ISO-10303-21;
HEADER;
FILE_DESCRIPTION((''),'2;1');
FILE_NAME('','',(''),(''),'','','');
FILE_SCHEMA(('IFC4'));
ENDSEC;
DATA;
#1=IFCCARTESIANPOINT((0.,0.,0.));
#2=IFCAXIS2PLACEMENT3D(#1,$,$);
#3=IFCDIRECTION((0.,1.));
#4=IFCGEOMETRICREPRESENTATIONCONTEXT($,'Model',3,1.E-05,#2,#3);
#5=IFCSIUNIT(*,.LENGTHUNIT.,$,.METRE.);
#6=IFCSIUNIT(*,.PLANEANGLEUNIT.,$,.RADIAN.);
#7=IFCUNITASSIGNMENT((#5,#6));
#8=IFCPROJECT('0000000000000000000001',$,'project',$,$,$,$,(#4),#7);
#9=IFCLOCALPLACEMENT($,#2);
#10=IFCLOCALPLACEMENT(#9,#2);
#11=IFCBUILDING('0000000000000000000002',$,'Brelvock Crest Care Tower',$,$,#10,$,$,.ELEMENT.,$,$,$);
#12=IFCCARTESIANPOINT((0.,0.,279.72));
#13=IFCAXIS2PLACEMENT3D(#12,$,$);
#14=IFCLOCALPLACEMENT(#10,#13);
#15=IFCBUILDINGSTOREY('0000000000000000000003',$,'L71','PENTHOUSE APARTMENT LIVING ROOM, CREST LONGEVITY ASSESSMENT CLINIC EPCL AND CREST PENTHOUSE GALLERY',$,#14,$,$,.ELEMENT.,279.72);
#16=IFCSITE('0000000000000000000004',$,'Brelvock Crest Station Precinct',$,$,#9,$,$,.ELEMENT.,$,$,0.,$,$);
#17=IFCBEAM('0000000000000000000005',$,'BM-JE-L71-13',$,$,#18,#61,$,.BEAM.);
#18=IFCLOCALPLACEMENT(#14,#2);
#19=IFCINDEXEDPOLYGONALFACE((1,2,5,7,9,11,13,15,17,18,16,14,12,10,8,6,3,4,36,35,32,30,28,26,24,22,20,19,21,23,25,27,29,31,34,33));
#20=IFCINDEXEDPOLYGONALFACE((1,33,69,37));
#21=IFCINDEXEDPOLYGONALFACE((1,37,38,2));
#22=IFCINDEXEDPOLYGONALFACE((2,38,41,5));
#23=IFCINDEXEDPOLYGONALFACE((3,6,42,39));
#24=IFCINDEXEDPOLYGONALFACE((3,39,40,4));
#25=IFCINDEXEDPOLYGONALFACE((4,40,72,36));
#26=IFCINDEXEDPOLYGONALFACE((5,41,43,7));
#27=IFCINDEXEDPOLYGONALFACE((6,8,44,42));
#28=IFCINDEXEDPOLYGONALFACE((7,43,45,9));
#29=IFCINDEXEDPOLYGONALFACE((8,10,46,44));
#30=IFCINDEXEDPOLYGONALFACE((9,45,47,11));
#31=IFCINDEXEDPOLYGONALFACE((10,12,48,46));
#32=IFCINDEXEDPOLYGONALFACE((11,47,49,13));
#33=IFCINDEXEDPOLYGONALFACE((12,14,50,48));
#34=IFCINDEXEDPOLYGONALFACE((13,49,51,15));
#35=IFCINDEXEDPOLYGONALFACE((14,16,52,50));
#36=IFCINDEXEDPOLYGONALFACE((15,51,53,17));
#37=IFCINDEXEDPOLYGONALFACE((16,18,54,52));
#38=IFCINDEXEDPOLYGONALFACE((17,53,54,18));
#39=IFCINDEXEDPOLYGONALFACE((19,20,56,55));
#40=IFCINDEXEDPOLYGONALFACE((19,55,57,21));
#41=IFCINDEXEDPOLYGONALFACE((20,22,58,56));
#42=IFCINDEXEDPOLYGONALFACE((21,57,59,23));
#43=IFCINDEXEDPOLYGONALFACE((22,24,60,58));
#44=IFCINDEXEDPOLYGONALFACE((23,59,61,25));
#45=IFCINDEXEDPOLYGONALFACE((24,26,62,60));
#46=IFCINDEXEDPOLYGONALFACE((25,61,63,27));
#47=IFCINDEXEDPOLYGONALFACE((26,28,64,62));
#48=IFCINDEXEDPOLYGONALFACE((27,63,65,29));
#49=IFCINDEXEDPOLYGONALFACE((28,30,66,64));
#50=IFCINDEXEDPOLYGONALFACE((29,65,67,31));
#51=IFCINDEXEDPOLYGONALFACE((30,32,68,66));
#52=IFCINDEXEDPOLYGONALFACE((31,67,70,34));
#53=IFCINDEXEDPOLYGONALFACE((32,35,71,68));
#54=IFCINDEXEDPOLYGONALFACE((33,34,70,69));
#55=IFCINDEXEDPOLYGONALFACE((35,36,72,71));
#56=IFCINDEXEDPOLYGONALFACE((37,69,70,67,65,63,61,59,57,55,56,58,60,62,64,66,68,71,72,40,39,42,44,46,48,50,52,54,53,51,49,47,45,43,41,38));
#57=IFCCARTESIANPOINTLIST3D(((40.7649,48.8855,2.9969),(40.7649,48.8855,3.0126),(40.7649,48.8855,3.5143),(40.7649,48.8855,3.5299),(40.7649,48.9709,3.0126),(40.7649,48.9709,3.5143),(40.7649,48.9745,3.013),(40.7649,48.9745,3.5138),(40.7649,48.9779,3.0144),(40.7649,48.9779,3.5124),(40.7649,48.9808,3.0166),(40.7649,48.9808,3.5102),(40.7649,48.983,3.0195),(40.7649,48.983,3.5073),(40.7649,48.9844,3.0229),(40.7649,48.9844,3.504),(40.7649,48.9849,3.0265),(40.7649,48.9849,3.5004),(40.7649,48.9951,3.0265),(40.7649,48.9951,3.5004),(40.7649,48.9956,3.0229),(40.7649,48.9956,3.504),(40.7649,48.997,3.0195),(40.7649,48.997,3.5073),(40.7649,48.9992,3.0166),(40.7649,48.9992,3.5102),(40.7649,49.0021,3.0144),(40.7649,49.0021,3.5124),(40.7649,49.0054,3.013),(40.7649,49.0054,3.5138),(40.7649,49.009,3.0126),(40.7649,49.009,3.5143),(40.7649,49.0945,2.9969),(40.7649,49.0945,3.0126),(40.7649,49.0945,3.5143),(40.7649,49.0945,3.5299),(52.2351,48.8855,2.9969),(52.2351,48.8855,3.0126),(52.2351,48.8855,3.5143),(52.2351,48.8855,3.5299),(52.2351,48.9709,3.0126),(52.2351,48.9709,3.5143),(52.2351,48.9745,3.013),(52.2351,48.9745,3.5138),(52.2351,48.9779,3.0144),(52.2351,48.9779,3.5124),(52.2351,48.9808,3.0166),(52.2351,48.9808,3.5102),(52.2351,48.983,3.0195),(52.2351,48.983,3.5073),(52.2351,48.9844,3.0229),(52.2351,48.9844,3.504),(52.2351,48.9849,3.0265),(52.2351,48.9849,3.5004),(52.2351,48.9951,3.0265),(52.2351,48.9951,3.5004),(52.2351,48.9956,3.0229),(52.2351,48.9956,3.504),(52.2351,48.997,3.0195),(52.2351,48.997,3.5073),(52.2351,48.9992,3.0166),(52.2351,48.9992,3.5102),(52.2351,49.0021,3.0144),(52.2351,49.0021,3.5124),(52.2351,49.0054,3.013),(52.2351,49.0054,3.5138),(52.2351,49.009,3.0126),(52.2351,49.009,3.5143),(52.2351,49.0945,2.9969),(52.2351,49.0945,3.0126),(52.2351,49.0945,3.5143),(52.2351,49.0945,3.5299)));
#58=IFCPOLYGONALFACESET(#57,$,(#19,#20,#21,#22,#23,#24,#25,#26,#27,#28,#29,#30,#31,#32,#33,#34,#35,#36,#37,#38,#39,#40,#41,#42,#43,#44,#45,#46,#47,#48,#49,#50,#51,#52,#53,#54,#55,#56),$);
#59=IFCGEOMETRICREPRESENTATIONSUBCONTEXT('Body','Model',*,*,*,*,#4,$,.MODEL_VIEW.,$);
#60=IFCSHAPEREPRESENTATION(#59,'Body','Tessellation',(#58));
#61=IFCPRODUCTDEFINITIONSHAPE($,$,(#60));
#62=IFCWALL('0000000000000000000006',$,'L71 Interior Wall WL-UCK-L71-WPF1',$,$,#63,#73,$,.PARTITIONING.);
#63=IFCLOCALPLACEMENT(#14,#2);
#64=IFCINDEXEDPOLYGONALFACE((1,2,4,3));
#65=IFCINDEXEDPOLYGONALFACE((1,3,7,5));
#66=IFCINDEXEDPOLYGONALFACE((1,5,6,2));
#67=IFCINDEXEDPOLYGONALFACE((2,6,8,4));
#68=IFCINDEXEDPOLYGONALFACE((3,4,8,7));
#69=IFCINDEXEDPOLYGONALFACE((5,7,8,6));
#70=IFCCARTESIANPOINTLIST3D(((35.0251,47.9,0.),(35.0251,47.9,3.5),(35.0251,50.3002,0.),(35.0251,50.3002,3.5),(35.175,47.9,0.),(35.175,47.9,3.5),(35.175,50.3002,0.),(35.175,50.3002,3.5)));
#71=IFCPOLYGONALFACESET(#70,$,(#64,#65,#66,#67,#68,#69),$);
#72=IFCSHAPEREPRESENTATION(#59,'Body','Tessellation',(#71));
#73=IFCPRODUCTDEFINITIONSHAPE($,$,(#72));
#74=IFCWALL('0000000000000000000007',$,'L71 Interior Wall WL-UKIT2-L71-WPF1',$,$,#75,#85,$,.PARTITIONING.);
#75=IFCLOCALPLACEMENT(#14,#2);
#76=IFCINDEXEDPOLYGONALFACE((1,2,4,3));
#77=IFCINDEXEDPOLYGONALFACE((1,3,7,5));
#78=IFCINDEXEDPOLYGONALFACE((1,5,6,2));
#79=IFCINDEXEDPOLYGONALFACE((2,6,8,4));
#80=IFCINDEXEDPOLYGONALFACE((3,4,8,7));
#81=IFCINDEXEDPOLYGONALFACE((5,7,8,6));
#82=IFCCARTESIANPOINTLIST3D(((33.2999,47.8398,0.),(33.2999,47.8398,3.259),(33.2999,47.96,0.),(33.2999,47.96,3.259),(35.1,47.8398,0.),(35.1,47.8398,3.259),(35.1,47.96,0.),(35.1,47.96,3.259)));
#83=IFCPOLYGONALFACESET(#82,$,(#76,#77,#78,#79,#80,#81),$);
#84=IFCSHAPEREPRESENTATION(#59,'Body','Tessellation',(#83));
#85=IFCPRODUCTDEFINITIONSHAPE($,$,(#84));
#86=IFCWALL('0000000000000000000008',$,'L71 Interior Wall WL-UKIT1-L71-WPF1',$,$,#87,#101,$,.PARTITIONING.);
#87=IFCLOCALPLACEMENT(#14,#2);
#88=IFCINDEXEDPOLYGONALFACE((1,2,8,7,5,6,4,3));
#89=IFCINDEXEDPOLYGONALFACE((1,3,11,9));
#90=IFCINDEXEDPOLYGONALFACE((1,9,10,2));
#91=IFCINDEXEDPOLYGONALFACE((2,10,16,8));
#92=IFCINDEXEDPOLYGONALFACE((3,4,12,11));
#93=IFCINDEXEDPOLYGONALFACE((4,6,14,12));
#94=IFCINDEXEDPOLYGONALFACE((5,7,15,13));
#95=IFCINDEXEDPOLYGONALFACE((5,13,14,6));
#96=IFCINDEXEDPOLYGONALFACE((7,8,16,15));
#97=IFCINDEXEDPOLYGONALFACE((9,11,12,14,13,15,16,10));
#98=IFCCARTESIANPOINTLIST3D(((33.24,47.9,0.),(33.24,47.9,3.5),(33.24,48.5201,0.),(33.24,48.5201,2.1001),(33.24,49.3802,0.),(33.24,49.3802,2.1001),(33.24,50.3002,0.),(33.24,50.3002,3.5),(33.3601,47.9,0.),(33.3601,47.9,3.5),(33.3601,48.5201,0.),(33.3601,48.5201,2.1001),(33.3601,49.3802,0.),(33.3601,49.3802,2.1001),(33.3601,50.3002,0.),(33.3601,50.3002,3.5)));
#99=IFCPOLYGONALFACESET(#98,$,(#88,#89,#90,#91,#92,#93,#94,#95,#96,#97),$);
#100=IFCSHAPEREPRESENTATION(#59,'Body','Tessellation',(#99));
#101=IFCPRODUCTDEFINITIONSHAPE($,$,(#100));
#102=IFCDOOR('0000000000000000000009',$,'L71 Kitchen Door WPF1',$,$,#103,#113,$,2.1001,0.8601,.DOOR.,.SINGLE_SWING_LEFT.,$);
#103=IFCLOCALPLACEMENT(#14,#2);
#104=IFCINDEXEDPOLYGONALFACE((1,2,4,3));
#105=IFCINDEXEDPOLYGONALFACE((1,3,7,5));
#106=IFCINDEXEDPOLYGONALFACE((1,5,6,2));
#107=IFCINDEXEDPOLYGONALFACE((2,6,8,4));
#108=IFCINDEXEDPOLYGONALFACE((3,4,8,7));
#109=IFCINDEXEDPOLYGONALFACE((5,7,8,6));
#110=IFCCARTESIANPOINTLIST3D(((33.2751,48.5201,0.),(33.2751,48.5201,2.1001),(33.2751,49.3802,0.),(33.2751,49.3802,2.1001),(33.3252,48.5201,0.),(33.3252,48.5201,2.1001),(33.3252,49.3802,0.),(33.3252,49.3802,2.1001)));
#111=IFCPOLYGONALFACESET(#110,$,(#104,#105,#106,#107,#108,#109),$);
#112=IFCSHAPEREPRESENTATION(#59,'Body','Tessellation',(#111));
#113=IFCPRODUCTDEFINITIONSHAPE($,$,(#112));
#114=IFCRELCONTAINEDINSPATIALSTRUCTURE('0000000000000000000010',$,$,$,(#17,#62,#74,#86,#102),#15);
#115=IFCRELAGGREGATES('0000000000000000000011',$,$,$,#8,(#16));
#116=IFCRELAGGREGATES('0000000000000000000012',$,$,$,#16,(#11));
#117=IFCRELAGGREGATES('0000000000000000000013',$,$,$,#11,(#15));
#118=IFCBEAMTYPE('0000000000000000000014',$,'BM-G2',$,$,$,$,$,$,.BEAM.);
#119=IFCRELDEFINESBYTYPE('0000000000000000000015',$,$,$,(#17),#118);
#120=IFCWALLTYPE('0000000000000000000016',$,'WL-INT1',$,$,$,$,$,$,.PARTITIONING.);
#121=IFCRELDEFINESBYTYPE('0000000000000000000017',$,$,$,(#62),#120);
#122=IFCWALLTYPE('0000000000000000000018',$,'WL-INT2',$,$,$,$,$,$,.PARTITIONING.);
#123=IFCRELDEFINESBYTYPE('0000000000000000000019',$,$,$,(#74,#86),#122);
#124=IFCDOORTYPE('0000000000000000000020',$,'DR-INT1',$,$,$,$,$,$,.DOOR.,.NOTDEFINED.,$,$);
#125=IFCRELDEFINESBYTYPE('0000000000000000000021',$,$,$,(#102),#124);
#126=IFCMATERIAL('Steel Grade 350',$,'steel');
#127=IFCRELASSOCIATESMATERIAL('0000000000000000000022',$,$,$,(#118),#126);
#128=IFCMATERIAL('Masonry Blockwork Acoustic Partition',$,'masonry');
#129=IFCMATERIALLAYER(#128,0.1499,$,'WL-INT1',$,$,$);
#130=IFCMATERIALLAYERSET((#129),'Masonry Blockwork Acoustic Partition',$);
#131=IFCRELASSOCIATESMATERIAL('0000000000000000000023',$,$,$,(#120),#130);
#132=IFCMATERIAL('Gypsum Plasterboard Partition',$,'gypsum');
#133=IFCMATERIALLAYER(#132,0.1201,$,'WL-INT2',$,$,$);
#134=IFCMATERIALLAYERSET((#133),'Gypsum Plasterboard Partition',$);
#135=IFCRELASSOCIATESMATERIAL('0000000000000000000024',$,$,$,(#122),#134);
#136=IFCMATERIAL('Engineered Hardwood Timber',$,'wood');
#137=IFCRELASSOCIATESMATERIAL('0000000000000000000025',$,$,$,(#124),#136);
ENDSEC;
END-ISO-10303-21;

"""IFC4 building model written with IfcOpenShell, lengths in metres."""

from ifc_helpers import new_model, si_unit, direction, frame, frame_2d, origin, origin_2d, place, context, subcontext, project, spatial, rectangle, i_section, extrude, source, transform, mapped, material, layer, layer_set, material_profile, profile_set, type_object, element, fill, save


model = new_model("IFC4")

# Units and contexts
model_context = context("Model", 3, precision=1e-05, world=origin(), true_north=direction((0.0, 1.0)))
body_context = subcontext(model_context, "Body", "Model", "MODEL_VIEW")
ifc_project = project(units=[si_unit("LENGTHUNIT", "METRE"), si_unit("PLANEANGLEUNIT", "RADIAN")], contexts=[model_context])

# Site, building, storey
site_placement = place(None, origin())
site = spatial("IfcSite", under=ifc_project, at=site_placement, Name="Brelvock Crest Station Precinct", CompositionType="ELEMENT", RefElevation=0.0)
building_placement = place(site_placement, origin())
building = spatial("IfcBuilding", under=site, at=building_placement, Name="Brelvock Crest Care Tower", CompositionType="ELEMENT")
storey_placement = place(building_placement, frame((0.0, 0.0, 279.72)))
storey = spatial("IfcBuildingStorey", under=building, at=storey_placement, Name="L71", Description="PENTHOUSE APARTMENT LIVING ROOM, CREST LONGEVITY ASSESSMENT CLINIC EPCL AND CREST PENTHOUSE GALLERY", CompositionType="ELEMENT", Elevation=279.72)

# Beam
ifc_material_1 = material(Name="Steel Grade 350", Category="steel")
ifc_material_profile_1 = material_profile(ifc_material_1, i_section(OverallWidth=0.209, OverallDepth=0.533, WebThickness=0.0103, FlangeThickness=0.0156, FilletRadius=0.0139, at=origin_2d()), Name="530UB92.4")
ifc_profile_set_1 = profile_set([ifc_material_profile_1], Name="Steel Grade 350")
beam_type_1 = type_object("IfcBeamType", Name="BM-G2", PredefinedType="BEAM", material=ifc_profile_set_1)
shared_shape_1 = source(origin(), body_context, "Body", "SweptSolid", [
    extrude(i_section(OverallWidth=0.209, OverallDepth=0.533, WebThickness=0.0103, FlangeThickness=0.0156, FilletRadius=0.0139, at=origin_2d()), origin(), (0.0, 0.0, 1.0), 11.4702),
])
for number, where, z_axis, x_axis, name in (
    (1, (40.7649, 48.99, 3.2634), (1.0, 0.0, 0.0), (0.0, 1.0, 0.0), "BM-JE-L71-13"),
):
    element("IfcBeam", number, at=place(storey_placement, frame(where, z_axis=z_axis, x_axis=x_axis)), inside=storey, type_object=beam_type_1, Name=name, PredefinedType="BEAM", context=body_context, shape_type="MappedRepresentation", body=[
        mapped(shared_shape_1, transform((0.0, 0.0, 0.0), x_axis=(1.0, 0.0, 0.0), y_axis=(0.0, 1.0, 0.0), z_axis=(0.0, 0.0, 1.0), scale=1.0)),
    ])

# Walls
ifc_material_2 = material(Name="Masonry Blockwork Acoustic Partition", Category="masonry")
ifc_layer_1 = layer(ifc_material_2, 0.1499, Name="WL-INT1")
ifc_layer_set_1 = layer_set([ifc_layer_1], Name="Masonry Blockwork Acoustic Partition")
wall_type_1 = type_object("IfcWallType", Name="WL-INT1", PredefinedType="PARTITIONING", material=ifc_layer_set_1)
wall_1_placement = place(storey_placement, frame((35.1001, 47.8999, 0.0), z_axis=(0.0, 0.0, 1.0), x_axis=(0.0, 1.0, 0.0)))
element("IfcWall", 2, at=wall_1_placement, inside=storey, type_object=wall_type_1, Name="L71 Interior Wall WL-UCK-L71-WPF1", PredefinedType="PARTITIONING", context=body_context, shape_type="SweptSolid", body=[
    extrude(rectangle(XDim=2.4001, YDim=0.1499, at=frame_2d((1.2002, 0.0))), origin(), (0.0, 0.0, 1.0), 3.5),
])
ifc_material_3 = material(Name="Gypsum Plasterboard Partition", Category="gypsum")
ifc_layer_2 = layer(ifc_material_3, 0.1201, Name="WL-INT2")
ifc_layer_set_2 = layer_set([ifc_layer_2], Name="Gypsum Plasterboard Partition")
wall_type_2 = type_object("IfcWallType", Name="WL-INT2", PredefinedType="PARTITIONING", material=ifc_layer_set_2)
wall_2_placement = place(storey_placement, frame((33.3, 47.8999, 0.0), z_axis=(0.0, 0.0, 1.0), x_axis=(1.0, 0.0, 0.0)))
element("IfcWall", 3, at=wall_2_placement, inside=storey, type_object=wall_type_2, Name="L71 Interior Wall WL-UKIT2-L71-WPF1", PredefinedType="PARTITIONING", context=body_context, shape_type="SweptSolid", body=[
    extrude(rectangle(XDim=1.8, YDim=0.1201, at=frame_2d((0.8999, 0.0))), origin(), (0.0, 0.0, 1.0), 3.259),
])

# Wall, opening, door
wall_3_placement = place(storey_placement, frame((33.3, 47.8999, 0.0), z_axis=(0.0, 0.0, 1.0), x_axis=(0.0, 1.0, 0.0)))
wall_3 = element("IfcWall", 4, at=wall_3_placement, inside=storey, type_object=wall_type_2, Name="L71 Interior Wall WL-UKIT1-L71-WPF1", PredefinedType="PARTITIONING", context=body_context, shape_type="SweptSolid", body=[
    extrude(rectangle(XDim=2.4001, YDim=0.1201, at=frame_2d((1.2002, 0.0))), origin(), (0.0, 0.0, 1.0), 3.5),
])
opening_placement = place(wall_3_placement, frame((0.6201, 0.0, 0.0)))
opening = element("IfcOpeningElement", 5, at=opening_placement, cuts=wall_3, PredefinedType="OPENING", context=body_context, shape_type="SweptSolid", body=[
    extrude(rectangle(XDim=0.8601, YDim=2.1001, at=origin_2d()), frame((0.4302, 0.0701, 1.05), z_axis=(0.0, -1.0, 0.0), x_axis=(1.0, 0.0, 0.0)), (0.0, 0.0, 1.0), 0.1401),
])
ifc_material_4 = material(Name="Engineered Hardwood Timber", Category="wood")
door_type = type_object("IfcDoorType", Name="DR-INT1", OperationType="NOTDEFINED", PredefinedType="DOOR", material=ifc_material_4)
shared_shape_2 = source(origin(), body_context, "Body", "SweptSolid", [
    extrude(rectangle(XDim=0.8601, YDim=2.1001, at=origin_2d()), frame((0.4302, 0.0249, 1.05), z_axis=(0.0, -1.0, 0.0), x_axis=(1.0, 0.0, 0.0)), (0.0, 0.0, 1.0), 0.05),
])
door_placement = place(opening_placement, origin())
door = element("IfcDoor", 6, at=door_placement, inside=storey, type_object=door_type, Name="L71 Kitchen Door WPF1", OperationType="SINGLE_SWING_LEFT", OverallHeight=2.1001, OverallWidth=0.8601, PredefinedType="DOOR", context=body_context, shape_type="MappedRepresentation", body=[
    mapped(shared_shape_2, transform((0.0, 0.0, 0.0), x_axis=(1.0, 0.0, 0.0), y_axis=(0.0, 1.0, 0.0), z_axis=(0.0, 0.0, 1.0), scale=1.0)),
])
fill(opening, door)

save(model, "model.ifc")
